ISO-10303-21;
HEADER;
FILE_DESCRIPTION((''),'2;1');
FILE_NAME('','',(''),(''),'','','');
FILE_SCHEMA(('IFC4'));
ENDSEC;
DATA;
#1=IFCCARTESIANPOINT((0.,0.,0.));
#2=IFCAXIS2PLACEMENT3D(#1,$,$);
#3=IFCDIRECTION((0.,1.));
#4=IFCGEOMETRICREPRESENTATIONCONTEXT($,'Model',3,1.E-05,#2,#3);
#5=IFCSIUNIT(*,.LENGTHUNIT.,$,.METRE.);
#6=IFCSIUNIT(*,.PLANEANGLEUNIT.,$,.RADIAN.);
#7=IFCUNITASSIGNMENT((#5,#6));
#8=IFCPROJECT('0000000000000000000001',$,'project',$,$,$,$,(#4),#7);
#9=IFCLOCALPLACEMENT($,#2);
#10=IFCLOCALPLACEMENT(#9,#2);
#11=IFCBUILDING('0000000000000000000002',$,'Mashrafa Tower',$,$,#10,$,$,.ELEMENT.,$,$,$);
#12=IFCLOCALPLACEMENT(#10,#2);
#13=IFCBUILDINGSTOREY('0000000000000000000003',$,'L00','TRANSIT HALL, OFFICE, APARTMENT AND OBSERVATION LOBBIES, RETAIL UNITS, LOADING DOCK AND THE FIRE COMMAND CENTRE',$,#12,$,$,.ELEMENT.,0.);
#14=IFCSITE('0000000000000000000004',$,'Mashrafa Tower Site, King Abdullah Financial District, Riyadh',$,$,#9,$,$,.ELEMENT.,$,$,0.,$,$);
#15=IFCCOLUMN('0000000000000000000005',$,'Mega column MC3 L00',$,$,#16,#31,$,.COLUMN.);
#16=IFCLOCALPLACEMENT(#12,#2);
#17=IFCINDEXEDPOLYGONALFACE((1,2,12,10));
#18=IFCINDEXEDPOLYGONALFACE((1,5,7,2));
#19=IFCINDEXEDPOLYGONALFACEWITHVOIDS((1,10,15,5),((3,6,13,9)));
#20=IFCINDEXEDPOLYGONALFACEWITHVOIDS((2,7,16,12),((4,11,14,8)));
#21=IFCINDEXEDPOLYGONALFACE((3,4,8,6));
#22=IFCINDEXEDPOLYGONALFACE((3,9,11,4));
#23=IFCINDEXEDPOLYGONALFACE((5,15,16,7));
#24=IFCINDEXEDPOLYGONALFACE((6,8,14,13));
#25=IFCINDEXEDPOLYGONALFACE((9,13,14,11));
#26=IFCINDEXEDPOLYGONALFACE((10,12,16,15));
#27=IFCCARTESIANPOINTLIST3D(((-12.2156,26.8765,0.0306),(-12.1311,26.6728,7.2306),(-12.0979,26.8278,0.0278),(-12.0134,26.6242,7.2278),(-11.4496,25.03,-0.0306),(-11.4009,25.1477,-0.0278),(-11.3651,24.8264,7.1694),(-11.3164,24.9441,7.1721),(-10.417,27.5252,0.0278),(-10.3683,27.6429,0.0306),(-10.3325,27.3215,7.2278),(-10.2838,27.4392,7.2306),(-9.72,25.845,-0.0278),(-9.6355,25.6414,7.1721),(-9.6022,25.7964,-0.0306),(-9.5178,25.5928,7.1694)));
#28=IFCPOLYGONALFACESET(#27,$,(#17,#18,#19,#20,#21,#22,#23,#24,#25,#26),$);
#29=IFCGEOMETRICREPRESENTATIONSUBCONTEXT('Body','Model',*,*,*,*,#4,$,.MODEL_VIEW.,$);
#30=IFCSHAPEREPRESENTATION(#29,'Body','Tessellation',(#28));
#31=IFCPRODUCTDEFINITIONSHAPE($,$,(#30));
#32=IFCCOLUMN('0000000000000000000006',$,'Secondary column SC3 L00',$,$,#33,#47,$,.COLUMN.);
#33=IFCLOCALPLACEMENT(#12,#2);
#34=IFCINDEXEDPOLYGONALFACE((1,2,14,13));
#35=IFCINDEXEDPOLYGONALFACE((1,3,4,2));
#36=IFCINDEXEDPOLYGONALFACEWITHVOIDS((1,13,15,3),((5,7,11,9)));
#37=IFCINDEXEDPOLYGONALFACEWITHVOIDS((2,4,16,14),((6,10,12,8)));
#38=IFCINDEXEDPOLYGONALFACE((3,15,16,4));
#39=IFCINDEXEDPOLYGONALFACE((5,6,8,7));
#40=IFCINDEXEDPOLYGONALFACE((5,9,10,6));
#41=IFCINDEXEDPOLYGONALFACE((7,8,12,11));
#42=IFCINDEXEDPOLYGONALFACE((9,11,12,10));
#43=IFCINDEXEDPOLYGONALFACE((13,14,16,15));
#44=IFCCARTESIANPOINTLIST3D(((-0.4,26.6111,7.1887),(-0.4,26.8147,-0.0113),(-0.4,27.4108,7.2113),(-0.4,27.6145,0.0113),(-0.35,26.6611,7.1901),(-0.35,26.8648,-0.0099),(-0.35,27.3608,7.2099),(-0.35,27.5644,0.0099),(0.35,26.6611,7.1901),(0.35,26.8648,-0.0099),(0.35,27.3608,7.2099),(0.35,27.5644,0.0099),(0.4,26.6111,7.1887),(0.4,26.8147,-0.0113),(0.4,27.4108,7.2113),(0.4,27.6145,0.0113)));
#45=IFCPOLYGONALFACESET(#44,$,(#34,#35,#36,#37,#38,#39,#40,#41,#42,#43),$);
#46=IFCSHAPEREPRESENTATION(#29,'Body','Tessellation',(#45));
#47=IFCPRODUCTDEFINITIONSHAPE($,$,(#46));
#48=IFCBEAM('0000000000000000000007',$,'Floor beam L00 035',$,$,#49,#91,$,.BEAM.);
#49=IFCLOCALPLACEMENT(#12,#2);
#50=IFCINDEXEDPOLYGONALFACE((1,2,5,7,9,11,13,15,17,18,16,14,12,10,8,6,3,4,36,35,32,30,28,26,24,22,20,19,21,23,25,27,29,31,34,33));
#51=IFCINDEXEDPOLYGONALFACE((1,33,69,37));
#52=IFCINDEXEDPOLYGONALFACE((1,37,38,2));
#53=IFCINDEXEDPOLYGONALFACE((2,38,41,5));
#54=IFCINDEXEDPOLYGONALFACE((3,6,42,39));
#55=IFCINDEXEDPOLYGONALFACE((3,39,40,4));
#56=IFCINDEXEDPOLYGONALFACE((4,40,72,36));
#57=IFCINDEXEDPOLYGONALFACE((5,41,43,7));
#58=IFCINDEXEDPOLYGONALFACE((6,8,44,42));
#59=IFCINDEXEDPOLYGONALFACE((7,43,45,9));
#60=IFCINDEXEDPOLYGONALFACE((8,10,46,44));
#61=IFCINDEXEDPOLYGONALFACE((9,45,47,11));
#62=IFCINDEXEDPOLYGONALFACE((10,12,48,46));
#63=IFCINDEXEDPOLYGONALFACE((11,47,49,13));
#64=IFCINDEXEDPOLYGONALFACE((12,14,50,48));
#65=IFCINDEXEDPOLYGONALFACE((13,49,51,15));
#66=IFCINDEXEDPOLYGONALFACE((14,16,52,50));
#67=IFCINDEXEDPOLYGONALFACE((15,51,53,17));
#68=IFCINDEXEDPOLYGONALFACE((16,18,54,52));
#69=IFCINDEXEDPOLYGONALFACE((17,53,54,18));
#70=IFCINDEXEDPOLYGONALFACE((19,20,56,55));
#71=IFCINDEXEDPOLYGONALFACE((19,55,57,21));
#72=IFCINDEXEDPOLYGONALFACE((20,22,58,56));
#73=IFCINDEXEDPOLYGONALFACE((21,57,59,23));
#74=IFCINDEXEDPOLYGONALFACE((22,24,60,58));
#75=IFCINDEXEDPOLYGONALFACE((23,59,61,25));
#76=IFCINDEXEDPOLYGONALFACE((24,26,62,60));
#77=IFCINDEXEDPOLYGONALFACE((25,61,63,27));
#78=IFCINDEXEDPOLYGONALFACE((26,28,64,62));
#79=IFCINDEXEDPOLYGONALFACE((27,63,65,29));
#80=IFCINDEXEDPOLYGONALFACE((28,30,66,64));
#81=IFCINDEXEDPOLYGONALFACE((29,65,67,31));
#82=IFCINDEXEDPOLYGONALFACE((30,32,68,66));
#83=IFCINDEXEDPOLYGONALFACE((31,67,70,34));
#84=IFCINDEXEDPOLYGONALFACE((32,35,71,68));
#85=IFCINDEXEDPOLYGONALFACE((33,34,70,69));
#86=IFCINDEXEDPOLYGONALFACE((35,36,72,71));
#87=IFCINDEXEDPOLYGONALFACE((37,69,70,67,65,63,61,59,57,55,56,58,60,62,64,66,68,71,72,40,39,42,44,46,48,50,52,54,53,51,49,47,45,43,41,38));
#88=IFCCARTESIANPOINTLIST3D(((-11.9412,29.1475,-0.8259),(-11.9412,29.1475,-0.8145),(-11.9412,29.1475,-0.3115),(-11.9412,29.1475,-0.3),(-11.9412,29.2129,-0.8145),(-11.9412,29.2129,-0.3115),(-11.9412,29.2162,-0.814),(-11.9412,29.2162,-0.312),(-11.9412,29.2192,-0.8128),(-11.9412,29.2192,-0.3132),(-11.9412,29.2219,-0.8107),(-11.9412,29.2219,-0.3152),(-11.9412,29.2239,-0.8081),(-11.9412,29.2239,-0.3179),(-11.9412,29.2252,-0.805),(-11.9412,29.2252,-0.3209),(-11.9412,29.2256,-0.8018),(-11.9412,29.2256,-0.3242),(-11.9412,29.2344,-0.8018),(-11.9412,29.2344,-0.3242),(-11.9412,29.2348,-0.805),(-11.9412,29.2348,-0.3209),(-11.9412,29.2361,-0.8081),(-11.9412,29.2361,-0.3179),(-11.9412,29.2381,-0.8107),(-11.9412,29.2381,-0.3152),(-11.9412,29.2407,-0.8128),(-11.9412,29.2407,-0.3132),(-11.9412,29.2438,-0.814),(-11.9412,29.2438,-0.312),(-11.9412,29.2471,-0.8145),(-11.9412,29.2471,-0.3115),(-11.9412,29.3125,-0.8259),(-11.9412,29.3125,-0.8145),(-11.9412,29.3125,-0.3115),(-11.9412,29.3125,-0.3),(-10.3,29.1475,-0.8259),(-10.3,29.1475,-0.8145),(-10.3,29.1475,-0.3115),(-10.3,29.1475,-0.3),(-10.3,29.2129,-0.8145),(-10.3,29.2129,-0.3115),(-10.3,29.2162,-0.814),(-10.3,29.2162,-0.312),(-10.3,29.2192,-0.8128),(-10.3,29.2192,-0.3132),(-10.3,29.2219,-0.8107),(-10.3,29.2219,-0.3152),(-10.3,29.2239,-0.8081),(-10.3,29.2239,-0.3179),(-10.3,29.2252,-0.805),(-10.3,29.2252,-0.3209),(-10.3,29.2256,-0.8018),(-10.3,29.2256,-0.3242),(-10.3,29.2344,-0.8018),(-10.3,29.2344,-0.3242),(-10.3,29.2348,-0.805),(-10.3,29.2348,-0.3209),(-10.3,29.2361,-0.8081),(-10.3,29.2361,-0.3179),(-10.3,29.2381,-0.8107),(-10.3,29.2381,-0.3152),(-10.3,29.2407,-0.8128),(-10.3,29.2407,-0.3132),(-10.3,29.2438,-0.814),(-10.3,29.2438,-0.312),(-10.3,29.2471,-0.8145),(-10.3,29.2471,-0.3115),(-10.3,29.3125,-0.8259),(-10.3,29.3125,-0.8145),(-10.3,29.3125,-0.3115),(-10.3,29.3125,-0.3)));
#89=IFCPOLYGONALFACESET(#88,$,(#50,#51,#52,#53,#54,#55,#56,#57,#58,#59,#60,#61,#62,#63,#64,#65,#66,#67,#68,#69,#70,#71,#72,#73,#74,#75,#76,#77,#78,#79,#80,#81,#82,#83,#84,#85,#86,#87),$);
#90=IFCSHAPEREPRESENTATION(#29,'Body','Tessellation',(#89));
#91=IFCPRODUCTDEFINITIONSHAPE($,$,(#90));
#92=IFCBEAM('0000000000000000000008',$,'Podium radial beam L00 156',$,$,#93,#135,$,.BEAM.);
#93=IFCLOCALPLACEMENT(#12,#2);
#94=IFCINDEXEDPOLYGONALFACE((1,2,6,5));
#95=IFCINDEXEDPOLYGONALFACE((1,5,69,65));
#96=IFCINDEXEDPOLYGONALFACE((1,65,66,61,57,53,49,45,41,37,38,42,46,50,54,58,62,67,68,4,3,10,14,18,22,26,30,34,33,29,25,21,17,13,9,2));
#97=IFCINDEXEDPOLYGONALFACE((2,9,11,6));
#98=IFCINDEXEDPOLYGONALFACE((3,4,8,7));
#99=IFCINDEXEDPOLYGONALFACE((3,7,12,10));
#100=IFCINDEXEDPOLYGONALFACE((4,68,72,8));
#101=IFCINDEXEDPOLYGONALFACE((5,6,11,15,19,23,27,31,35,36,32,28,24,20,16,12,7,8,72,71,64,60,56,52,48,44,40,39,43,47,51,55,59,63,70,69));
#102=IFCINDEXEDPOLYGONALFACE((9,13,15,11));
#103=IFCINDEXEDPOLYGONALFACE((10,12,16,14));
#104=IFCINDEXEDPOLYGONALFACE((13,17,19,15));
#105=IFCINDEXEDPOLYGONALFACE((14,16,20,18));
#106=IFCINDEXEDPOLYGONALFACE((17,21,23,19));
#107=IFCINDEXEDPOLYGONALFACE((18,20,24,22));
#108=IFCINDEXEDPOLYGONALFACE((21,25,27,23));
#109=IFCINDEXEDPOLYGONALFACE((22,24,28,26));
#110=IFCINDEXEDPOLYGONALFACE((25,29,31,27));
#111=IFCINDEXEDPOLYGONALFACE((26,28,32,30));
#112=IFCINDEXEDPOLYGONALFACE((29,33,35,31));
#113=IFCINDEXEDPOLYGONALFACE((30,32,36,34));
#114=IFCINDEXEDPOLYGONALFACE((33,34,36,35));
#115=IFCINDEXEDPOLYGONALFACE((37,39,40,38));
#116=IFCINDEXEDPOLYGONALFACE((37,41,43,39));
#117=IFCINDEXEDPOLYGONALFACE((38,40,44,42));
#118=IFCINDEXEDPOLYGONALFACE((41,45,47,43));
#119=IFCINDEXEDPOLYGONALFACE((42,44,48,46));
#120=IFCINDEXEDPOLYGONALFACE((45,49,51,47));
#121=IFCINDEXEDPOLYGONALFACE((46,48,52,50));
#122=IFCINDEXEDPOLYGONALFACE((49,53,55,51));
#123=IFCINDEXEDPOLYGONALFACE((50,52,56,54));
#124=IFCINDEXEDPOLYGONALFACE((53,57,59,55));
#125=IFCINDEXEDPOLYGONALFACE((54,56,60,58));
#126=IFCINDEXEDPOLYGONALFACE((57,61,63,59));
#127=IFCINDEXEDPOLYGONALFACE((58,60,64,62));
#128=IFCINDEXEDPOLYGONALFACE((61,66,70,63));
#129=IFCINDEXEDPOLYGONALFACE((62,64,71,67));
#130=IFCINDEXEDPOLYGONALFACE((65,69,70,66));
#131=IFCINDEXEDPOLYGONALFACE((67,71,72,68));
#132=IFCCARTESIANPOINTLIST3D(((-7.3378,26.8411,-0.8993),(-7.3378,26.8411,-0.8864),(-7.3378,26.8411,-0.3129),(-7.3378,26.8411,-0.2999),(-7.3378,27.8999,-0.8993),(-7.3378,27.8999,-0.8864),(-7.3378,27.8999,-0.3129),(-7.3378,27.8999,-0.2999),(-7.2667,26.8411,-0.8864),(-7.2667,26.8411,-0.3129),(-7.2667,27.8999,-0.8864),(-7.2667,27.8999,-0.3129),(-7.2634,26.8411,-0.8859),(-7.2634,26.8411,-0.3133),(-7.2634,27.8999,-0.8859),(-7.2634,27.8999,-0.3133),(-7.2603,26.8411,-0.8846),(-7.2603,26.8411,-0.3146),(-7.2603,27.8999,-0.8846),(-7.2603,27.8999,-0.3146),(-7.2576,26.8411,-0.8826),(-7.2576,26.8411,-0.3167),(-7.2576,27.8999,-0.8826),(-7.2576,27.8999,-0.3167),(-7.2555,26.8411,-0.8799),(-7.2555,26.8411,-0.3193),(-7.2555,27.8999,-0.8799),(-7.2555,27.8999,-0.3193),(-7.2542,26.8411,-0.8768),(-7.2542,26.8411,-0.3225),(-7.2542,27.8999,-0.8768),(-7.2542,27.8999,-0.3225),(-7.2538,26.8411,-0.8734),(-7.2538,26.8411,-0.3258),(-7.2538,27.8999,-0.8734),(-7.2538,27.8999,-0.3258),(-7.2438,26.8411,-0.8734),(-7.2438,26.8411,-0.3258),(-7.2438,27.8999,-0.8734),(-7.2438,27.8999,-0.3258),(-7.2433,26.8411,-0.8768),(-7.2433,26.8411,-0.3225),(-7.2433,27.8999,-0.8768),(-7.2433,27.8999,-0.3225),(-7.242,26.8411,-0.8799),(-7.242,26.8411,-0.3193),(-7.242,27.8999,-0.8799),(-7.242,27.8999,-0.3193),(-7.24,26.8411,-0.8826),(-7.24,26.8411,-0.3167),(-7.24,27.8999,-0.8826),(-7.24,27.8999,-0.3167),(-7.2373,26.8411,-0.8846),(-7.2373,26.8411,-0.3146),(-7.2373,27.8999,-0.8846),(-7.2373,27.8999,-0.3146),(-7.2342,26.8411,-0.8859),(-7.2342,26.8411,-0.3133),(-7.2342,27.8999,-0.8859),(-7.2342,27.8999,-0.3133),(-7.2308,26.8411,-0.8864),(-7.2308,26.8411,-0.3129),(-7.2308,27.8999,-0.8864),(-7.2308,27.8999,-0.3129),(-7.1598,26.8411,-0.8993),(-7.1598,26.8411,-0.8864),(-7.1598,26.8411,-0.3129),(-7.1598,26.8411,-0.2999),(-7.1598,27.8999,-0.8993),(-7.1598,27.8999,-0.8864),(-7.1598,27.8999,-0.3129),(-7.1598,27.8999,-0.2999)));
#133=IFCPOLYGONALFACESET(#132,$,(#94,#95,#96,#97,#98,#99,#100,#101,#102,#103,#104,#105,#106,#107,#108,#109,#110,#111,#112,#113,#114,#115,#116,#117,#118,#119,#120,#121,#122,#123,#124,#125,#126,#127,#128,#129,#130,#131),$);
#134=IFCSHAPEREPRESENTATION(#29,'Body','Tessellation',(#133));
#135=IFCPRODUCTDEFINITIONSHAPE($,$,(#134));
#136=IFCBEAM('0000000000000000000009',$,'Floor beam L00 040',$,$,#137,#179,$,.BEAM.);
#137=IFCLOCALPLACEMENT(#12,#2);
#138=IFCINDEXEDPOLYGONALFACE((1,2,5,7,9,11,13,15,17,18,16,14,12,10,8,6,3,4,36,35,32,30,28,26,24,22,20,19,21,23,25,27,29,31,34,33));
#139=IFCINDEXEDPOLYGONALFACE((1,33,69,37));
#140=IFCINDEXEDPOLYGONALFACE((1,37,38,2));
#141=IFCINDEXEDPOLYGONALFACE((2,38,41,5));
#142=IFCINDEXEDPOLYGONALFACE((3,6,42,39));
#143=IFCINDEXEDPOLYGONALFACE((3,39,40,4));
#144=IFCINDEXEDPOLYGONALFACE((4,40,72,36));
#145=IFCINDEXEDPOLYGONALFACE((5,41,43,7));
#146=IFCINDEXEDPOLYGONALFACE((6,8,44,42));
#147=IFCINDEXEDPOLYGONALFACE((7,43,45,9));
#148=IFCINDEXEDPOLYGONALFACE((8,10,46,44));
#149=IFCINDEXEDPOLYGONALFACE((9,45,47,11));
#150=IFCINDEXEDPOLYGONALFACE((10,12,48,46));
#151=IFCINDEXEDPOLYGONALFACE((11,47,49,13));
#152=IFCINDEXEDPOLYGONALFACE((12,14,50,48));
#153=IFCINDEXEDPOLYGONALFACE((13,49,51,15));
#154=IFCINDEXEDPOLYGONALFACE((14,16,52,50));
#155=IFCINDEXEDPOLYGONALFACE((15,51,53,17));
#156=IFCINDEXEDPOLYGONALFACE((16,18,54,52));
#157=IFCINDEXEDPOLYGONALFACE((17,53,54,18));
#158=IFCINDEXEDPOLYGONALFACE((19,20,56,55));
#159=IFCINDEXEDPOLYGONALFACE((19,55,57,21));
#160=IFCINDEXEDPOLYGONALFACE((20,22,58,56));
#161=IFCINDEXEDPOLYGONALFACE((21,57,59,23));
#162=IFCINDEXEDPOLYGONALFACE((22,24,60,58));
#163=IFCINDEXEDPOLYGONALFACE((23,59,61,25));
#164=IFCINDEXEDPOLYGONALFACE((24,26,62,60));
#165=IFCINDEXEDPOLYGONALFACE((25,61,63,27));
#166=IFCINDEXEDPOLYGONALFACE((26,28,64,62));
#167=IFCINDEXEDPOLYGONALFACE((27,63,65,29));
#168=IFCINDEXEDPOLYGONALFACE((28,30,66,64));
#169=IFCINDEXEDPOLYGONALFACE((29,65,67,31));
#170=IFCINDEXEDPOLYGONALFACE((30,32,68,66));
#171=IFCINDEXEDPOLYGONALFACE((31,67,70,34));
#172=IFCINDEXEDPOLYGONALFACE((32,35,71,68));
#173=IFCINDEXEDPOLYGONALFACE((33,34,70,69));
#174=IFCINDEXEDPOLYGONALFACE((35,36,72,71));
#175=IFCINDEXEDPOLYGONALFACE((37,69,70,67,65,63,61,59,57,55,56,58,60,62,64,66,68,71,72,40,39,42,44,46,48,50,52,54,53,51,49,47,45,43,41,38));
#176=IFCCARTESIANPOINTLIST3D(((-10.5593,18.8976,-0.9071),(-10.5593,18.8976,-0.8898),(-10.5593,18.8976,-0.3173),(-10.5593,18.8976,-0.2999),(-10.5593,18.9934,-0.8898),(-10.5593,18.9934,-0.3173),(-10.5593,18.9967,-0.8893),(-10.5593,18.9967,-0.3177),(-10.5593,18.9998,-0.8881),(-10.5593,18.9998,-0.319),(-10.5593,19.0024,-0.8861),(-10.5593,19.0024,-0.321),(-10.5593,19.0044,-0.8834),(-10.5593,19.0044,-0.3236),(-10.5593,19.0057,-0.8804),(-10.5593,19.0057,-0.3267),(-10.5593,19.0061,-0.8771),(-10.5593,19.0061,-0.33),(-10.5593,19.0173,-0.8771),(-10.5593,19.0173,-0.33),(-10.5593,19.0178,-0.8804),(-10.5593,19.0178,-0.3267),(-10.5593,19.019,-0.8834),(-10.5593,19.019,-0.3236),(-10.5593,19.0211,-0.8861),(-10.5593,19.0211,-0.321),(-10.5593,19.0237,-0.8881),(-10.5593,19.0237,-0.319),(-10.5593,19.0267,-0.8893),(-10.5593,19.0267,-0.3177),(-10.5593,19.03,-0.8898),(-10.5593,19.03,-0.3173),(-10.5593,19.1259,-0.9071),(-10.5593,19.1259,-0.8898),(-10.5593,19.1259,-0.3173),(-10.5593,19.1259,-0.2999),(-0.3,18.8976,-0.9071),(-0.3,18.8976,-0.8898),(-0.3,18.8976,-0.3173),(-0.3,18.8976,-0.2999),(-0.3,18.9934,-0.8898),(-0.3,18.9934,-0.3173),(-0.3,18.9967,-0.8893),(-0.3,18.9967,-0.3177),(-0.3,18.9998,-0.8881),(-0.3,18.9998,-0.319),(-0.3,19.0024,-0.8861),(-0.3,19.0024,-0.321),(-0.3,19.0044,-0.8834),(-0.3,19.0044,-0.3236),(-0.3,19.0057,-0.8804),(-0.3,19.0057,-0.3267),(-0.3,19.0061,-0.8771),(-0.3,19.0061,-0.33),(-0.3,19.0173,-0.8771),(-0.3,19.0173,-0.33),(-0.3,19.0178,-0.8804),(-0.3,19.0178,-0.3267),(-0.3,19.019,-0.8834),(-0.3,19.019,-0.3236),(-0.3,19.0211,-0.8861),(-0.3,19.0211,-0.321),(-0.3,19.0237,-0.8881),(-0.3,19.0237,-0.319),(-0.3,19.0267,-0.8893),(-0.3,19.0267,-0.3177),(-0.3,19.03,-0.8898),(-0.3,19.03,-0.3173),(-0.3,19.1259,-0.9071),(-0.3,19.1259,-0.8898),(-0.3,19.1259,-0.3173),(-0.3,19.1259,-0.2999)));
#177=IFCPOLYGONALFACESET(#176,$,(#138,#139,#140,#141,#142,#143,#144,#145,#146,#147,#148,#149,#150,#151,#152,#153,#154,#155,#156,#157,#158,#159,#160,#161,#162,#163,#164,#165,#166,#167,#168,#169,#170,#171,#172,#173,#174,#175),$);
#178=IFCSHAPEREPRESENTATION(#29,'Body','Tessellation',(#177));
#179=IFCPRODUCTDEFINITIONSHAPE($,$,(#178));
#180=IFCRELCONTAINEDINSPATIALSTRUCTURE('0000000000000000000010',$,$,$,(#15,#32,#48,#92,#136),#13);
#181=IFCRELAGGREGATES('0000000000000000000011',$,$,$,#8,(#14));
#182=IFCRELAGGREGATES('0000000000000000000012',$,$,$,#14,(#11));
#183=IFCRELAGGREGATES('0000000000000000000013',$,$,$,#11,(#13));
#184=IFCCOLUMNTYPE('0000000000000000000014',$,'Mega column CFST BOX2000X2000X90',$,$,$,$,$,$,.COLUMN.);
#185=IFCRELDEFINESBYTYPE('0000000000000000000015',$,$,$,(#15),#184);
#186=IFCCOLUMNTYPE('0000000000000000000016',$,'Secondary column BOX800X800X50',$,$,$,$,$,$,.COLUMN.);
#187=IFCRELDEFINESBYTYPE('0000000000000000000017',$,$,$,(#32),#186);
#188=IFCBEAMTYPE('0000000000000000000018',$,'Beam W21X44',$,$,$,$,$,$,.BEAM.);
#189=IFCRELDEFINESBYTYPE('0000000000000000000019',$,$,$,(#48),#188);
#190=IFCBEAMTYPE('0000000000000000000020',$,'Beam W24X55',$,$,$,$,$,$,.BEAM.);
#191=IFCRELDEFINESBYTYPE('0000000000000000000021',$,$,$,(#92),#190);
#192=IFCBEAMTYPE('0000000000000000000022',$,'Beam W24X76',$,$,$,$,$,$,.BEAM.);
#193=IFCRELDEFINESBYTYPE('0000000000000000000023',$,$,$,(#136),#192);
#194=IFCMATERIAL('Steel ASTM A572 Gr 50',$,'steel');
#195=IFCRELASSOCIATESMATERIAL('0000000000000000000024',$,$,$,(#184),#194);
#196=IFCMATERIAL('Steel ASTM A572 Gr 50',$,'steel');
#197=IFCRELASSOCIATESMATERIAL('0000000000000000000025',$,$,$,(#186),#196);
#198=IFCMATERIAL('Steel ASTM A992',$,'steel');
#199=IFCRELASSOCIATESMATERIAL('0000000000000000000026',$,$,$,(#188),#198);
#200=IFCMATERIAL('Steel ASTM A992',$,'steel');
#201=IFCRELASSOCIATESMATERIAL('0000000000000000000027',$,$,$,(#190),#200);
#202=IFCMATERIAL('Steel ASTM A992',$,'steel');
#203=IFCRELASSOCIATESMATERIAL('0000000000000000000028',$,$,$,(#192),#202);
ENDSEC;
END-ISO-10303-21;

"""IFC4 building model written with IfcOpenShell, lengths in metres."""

from ifc_helpers import new_model, si_unit, direction, frame, origin, origin_2d, place, context, subcontext, project, spatial, hollow_rectangle, i_section, extrude, material, material_profile, profile_set, type_object, element, save


model = new_model("IFC4")

# Units and contexts
model_context = context("Model", 3, precision=1e-05, world=origin(), true_north=direction((0.0, 1.0)))
body_context = subcontext(model_context, "Body", "Model", "MODEL_VIEW")
ifc_project = project(units=[si_unit("LENGTHUNIT", "METRE"), si_unit("PLANEANGLEUNIT", "RADIAN")], contexts=[model_context])

# Site, building, storey
site_placement = place(None, origin())
site = spatial("IfcSite", under=ifc_project, at=site_placement, Name="Mashrafa Tower Site, King Abdullah Financial District, Riyadh", CompositionType="ELEMENT", RefElevation=0.0)
building_placement = place(site_placement, origin())
building = spatial("IfcBuilding", under=site, at=building_placement, Name="Mashrafa Tower", CompositionType="ELEMENT")
storey_placement = place(building_placement, origin())
storey = spatial("IfcBuildingStorey", under=building, at=storey_placement, Name="L00", Description="TRANSIT HALL, OFFICE, APARTMENT AND OBSERVATION LOBBIES, RETAIL UNITS, LOADING DOCK AND THE FIRE COMMAND CENTRE", CompositionType="ELEMENT", Elevation=0.0)

# Columns
ifc_material_1 = material(Name="Steel ASTM A572 Gr 50", Category="steel")
ifc_material_profile_1 = material_profile(ifc_material_1, hollow_rectangle(XDim=2.0, YDim=2.0, WallThickness=0.0901, at=origin_2d()), Name="BOX2000X2000X90")
ifc_profile_set_1 = profile_set([ifc_material_profile_1], Name="Steel ASTM A572 Gr 50")
column_type_1 = type_object("IfcColumnType", Name="Mega column CFST BOX2000X2000X90", PredefinedType="COLUMN", material=ifc_profile_set_1)
column_1_placement = place(storey_placement, frame((-10.9089, 26.3364, 0.0), z_axis=(0.011727, -0.028267, 0.999532), x_axis=(0.923666, 0.383199, 0.0)))
element("IfcColumn", 1, at=column_1_placement, inside=storey, type_object=column_type_1, Name="Mega column MC3 L00", PredefinedType="COLUMN", context=body_context, shape_type="SweptSolid", body=[
    extrude(hollow_rectangle(XDim=2.0, YDim=2.0, WallThickness=0.0901, at=origin_2d()), origin(), (0.0, 0.0, 1.0), 7.2034),
])
ifc_material_2 = material(Name="Steel ASTM A572 Gr 50", Category="steel")
ifc_material_profile_2 = material_profile(ifc_material_2, hollow_rectangle(XDim=0.8, YDim=0.8, WallThickness=0.05, at=origin_2d()), Name="BOX800X800X50")
ifc_profile_set_2 = profile_set([ifc_material_profile_2], Name="Steel ASTM A572 Gr 50")
column_type_2 = type_object("IfcColumnType", Name="Secondary column BOX800X800X50", PredefinedType="COLUMN", material=ifc_profile_set_2)
column_2_placement = place(storey_placement, frame((0.0, 27.2146, 0.0), z_axis=(0.0, -0.028269, 0.9996), x_axis=(1.0, 0.0, 0.0)))
element("IfcColumn", 2, at=column_2_placement, inside=storey, type_object=column_type_2, Name="Secondary column SC3 L00", PredefinedType="COLUMN", context=body_context, shape_type="SweptSolid", body=[
    extrude(hollow_rectangle(XDim=0.8, YDim=0.8, WallThickness=0.05, at=origin_2d()), origin(), (0.0, 0.0, 1.0), 7.2029),
])

# Beams
ifc_material_3 = material(Name="Steel ASTM A992", Category="steel")
ifc_material_profile_3 = material_profile(ifc_material_3, i_section(OverallWidth=0.165, OverallDepth=0.5259, WebThickness=0.0088, FlangeThickness=0.0115, FilletRadius=0.0127, at=origin_2d()), Name="W21X44")
ifc_profile_set_3 = profile_set([ifc_material_profile_3], Name="Steel ASTM A992")
beam_type_1 = type_object("IfcBeamType", Name="Beam W21X44", PredefinedType="BEAM", material=ifc_profile_set_3)
beam_1_placement = place(storey_placement, frame((-11.9412, 29.23, -0.563), z_axis=(1.0, 0.0, 0.0), x_axis=(0.0, 1.0, 0.0)))
element("IfcBeam", 3, at=beam_1_placement, inside=storey, type_object=beam_type_1, Name="Floor beam L00 035", PredefinedType="BEAM", context=body_context, shape_type="SweptSolid", body=[
    extrude(i_section(OverallWidth=0.165, OverallDepth=0.5259, WebThickness=0.0088, FlangeThickness=0.0115, FilletRadius=0.0127, at=origin_2d()), origin(), (0.0, 0.0, 1.0), 1.6411),
])
ifc_material_4 = material(Name="Steel ASTM A992", Category="steel")
ifc_material_profile_4 = material_profile(ifc_material_4, i_section(OverallWidth=0.178, OverallDepth=0.5994, WebThickness=0.01, FlangeThickness=0.0129, FilletRadius=0.0129, at=origin_2d()), Name="W24X55")
ifc_profile_set_4 = profile_set([ifc_material_profile_4], Name="Steel ASTM A992")
beam_type_2 = type_object("IfcBeamType", Name="Beam W24X55", PredefinedType="BEAM", material=ifc_profile_set_4)
beam_2_placement = place(storey_placement, frame((-7.2488, 26.8411, -0.5996), z_axis=(0.0, 1.0, 0.0), x_axis=(-1.0, 0.0, 0.0)))
element("IfcBeam", 4, at=beam_2_placement, inside=storey, type_object=beam_type_2, Name="Podium radial beam L00 156", PredefinedType="BEAM", context=body_context, shape_type="SweptSolid", body=[
    extrude(i_section(OverallWidth=0.178, OverallDepth=0.5994, WebThickness=0.01, FlangeThickness=0.0129, FilletRadius=0.0129, at=origin_2d()), origin(), (0.0, 0.0, 1.0), 1.0588),
])
ifc_material_5 = material(Name="Steel ASTM A992", Category="steel")
ifc_material_profile_5 = material_profile(ifc_material_5, i_section(OverallWidth=0.2283, OverallDepth=0.6072, WebThickness=0.0112, FlangeThickness=0.0173, FilletRadius=0.0127, at=origin_2d()), Name="W24X76")
ifc_profile_set_5 = profile_set([ifc_material_profile_5], Name="Steel ASTM A992")
beam_type_3 = type_object("IfcBeamType", Name="Beam W24X76", PredefinedType="BEAM", material=ifc_profile_set_5)
beam_3_placement = place(storey_placement, frame((-10.5593, 19.0117, -0.6035), z_axis=(1.0, 0.0, 0.0), x_axis=(0.0, 1.0, 0.0)))
element("IfcBeam", 5, at=beam_3_placement, inside=storey, type_object=beam_type_3, Name="Floor beam L00 040", PredefinedType="BEAM", context=body_context, shape_type="SweptSolid", body=[
    extrude(i_section(OverallWidth=0.2283, OverallDepth=0.6072, WebThickness=0.0112, FlangeThickness=0.0173, FilletRadius=0.0127, at=origin_2d()), origin(), (0.0, 0.0, 1.0), 10.2593),
])

save(model, "model.ifc")
